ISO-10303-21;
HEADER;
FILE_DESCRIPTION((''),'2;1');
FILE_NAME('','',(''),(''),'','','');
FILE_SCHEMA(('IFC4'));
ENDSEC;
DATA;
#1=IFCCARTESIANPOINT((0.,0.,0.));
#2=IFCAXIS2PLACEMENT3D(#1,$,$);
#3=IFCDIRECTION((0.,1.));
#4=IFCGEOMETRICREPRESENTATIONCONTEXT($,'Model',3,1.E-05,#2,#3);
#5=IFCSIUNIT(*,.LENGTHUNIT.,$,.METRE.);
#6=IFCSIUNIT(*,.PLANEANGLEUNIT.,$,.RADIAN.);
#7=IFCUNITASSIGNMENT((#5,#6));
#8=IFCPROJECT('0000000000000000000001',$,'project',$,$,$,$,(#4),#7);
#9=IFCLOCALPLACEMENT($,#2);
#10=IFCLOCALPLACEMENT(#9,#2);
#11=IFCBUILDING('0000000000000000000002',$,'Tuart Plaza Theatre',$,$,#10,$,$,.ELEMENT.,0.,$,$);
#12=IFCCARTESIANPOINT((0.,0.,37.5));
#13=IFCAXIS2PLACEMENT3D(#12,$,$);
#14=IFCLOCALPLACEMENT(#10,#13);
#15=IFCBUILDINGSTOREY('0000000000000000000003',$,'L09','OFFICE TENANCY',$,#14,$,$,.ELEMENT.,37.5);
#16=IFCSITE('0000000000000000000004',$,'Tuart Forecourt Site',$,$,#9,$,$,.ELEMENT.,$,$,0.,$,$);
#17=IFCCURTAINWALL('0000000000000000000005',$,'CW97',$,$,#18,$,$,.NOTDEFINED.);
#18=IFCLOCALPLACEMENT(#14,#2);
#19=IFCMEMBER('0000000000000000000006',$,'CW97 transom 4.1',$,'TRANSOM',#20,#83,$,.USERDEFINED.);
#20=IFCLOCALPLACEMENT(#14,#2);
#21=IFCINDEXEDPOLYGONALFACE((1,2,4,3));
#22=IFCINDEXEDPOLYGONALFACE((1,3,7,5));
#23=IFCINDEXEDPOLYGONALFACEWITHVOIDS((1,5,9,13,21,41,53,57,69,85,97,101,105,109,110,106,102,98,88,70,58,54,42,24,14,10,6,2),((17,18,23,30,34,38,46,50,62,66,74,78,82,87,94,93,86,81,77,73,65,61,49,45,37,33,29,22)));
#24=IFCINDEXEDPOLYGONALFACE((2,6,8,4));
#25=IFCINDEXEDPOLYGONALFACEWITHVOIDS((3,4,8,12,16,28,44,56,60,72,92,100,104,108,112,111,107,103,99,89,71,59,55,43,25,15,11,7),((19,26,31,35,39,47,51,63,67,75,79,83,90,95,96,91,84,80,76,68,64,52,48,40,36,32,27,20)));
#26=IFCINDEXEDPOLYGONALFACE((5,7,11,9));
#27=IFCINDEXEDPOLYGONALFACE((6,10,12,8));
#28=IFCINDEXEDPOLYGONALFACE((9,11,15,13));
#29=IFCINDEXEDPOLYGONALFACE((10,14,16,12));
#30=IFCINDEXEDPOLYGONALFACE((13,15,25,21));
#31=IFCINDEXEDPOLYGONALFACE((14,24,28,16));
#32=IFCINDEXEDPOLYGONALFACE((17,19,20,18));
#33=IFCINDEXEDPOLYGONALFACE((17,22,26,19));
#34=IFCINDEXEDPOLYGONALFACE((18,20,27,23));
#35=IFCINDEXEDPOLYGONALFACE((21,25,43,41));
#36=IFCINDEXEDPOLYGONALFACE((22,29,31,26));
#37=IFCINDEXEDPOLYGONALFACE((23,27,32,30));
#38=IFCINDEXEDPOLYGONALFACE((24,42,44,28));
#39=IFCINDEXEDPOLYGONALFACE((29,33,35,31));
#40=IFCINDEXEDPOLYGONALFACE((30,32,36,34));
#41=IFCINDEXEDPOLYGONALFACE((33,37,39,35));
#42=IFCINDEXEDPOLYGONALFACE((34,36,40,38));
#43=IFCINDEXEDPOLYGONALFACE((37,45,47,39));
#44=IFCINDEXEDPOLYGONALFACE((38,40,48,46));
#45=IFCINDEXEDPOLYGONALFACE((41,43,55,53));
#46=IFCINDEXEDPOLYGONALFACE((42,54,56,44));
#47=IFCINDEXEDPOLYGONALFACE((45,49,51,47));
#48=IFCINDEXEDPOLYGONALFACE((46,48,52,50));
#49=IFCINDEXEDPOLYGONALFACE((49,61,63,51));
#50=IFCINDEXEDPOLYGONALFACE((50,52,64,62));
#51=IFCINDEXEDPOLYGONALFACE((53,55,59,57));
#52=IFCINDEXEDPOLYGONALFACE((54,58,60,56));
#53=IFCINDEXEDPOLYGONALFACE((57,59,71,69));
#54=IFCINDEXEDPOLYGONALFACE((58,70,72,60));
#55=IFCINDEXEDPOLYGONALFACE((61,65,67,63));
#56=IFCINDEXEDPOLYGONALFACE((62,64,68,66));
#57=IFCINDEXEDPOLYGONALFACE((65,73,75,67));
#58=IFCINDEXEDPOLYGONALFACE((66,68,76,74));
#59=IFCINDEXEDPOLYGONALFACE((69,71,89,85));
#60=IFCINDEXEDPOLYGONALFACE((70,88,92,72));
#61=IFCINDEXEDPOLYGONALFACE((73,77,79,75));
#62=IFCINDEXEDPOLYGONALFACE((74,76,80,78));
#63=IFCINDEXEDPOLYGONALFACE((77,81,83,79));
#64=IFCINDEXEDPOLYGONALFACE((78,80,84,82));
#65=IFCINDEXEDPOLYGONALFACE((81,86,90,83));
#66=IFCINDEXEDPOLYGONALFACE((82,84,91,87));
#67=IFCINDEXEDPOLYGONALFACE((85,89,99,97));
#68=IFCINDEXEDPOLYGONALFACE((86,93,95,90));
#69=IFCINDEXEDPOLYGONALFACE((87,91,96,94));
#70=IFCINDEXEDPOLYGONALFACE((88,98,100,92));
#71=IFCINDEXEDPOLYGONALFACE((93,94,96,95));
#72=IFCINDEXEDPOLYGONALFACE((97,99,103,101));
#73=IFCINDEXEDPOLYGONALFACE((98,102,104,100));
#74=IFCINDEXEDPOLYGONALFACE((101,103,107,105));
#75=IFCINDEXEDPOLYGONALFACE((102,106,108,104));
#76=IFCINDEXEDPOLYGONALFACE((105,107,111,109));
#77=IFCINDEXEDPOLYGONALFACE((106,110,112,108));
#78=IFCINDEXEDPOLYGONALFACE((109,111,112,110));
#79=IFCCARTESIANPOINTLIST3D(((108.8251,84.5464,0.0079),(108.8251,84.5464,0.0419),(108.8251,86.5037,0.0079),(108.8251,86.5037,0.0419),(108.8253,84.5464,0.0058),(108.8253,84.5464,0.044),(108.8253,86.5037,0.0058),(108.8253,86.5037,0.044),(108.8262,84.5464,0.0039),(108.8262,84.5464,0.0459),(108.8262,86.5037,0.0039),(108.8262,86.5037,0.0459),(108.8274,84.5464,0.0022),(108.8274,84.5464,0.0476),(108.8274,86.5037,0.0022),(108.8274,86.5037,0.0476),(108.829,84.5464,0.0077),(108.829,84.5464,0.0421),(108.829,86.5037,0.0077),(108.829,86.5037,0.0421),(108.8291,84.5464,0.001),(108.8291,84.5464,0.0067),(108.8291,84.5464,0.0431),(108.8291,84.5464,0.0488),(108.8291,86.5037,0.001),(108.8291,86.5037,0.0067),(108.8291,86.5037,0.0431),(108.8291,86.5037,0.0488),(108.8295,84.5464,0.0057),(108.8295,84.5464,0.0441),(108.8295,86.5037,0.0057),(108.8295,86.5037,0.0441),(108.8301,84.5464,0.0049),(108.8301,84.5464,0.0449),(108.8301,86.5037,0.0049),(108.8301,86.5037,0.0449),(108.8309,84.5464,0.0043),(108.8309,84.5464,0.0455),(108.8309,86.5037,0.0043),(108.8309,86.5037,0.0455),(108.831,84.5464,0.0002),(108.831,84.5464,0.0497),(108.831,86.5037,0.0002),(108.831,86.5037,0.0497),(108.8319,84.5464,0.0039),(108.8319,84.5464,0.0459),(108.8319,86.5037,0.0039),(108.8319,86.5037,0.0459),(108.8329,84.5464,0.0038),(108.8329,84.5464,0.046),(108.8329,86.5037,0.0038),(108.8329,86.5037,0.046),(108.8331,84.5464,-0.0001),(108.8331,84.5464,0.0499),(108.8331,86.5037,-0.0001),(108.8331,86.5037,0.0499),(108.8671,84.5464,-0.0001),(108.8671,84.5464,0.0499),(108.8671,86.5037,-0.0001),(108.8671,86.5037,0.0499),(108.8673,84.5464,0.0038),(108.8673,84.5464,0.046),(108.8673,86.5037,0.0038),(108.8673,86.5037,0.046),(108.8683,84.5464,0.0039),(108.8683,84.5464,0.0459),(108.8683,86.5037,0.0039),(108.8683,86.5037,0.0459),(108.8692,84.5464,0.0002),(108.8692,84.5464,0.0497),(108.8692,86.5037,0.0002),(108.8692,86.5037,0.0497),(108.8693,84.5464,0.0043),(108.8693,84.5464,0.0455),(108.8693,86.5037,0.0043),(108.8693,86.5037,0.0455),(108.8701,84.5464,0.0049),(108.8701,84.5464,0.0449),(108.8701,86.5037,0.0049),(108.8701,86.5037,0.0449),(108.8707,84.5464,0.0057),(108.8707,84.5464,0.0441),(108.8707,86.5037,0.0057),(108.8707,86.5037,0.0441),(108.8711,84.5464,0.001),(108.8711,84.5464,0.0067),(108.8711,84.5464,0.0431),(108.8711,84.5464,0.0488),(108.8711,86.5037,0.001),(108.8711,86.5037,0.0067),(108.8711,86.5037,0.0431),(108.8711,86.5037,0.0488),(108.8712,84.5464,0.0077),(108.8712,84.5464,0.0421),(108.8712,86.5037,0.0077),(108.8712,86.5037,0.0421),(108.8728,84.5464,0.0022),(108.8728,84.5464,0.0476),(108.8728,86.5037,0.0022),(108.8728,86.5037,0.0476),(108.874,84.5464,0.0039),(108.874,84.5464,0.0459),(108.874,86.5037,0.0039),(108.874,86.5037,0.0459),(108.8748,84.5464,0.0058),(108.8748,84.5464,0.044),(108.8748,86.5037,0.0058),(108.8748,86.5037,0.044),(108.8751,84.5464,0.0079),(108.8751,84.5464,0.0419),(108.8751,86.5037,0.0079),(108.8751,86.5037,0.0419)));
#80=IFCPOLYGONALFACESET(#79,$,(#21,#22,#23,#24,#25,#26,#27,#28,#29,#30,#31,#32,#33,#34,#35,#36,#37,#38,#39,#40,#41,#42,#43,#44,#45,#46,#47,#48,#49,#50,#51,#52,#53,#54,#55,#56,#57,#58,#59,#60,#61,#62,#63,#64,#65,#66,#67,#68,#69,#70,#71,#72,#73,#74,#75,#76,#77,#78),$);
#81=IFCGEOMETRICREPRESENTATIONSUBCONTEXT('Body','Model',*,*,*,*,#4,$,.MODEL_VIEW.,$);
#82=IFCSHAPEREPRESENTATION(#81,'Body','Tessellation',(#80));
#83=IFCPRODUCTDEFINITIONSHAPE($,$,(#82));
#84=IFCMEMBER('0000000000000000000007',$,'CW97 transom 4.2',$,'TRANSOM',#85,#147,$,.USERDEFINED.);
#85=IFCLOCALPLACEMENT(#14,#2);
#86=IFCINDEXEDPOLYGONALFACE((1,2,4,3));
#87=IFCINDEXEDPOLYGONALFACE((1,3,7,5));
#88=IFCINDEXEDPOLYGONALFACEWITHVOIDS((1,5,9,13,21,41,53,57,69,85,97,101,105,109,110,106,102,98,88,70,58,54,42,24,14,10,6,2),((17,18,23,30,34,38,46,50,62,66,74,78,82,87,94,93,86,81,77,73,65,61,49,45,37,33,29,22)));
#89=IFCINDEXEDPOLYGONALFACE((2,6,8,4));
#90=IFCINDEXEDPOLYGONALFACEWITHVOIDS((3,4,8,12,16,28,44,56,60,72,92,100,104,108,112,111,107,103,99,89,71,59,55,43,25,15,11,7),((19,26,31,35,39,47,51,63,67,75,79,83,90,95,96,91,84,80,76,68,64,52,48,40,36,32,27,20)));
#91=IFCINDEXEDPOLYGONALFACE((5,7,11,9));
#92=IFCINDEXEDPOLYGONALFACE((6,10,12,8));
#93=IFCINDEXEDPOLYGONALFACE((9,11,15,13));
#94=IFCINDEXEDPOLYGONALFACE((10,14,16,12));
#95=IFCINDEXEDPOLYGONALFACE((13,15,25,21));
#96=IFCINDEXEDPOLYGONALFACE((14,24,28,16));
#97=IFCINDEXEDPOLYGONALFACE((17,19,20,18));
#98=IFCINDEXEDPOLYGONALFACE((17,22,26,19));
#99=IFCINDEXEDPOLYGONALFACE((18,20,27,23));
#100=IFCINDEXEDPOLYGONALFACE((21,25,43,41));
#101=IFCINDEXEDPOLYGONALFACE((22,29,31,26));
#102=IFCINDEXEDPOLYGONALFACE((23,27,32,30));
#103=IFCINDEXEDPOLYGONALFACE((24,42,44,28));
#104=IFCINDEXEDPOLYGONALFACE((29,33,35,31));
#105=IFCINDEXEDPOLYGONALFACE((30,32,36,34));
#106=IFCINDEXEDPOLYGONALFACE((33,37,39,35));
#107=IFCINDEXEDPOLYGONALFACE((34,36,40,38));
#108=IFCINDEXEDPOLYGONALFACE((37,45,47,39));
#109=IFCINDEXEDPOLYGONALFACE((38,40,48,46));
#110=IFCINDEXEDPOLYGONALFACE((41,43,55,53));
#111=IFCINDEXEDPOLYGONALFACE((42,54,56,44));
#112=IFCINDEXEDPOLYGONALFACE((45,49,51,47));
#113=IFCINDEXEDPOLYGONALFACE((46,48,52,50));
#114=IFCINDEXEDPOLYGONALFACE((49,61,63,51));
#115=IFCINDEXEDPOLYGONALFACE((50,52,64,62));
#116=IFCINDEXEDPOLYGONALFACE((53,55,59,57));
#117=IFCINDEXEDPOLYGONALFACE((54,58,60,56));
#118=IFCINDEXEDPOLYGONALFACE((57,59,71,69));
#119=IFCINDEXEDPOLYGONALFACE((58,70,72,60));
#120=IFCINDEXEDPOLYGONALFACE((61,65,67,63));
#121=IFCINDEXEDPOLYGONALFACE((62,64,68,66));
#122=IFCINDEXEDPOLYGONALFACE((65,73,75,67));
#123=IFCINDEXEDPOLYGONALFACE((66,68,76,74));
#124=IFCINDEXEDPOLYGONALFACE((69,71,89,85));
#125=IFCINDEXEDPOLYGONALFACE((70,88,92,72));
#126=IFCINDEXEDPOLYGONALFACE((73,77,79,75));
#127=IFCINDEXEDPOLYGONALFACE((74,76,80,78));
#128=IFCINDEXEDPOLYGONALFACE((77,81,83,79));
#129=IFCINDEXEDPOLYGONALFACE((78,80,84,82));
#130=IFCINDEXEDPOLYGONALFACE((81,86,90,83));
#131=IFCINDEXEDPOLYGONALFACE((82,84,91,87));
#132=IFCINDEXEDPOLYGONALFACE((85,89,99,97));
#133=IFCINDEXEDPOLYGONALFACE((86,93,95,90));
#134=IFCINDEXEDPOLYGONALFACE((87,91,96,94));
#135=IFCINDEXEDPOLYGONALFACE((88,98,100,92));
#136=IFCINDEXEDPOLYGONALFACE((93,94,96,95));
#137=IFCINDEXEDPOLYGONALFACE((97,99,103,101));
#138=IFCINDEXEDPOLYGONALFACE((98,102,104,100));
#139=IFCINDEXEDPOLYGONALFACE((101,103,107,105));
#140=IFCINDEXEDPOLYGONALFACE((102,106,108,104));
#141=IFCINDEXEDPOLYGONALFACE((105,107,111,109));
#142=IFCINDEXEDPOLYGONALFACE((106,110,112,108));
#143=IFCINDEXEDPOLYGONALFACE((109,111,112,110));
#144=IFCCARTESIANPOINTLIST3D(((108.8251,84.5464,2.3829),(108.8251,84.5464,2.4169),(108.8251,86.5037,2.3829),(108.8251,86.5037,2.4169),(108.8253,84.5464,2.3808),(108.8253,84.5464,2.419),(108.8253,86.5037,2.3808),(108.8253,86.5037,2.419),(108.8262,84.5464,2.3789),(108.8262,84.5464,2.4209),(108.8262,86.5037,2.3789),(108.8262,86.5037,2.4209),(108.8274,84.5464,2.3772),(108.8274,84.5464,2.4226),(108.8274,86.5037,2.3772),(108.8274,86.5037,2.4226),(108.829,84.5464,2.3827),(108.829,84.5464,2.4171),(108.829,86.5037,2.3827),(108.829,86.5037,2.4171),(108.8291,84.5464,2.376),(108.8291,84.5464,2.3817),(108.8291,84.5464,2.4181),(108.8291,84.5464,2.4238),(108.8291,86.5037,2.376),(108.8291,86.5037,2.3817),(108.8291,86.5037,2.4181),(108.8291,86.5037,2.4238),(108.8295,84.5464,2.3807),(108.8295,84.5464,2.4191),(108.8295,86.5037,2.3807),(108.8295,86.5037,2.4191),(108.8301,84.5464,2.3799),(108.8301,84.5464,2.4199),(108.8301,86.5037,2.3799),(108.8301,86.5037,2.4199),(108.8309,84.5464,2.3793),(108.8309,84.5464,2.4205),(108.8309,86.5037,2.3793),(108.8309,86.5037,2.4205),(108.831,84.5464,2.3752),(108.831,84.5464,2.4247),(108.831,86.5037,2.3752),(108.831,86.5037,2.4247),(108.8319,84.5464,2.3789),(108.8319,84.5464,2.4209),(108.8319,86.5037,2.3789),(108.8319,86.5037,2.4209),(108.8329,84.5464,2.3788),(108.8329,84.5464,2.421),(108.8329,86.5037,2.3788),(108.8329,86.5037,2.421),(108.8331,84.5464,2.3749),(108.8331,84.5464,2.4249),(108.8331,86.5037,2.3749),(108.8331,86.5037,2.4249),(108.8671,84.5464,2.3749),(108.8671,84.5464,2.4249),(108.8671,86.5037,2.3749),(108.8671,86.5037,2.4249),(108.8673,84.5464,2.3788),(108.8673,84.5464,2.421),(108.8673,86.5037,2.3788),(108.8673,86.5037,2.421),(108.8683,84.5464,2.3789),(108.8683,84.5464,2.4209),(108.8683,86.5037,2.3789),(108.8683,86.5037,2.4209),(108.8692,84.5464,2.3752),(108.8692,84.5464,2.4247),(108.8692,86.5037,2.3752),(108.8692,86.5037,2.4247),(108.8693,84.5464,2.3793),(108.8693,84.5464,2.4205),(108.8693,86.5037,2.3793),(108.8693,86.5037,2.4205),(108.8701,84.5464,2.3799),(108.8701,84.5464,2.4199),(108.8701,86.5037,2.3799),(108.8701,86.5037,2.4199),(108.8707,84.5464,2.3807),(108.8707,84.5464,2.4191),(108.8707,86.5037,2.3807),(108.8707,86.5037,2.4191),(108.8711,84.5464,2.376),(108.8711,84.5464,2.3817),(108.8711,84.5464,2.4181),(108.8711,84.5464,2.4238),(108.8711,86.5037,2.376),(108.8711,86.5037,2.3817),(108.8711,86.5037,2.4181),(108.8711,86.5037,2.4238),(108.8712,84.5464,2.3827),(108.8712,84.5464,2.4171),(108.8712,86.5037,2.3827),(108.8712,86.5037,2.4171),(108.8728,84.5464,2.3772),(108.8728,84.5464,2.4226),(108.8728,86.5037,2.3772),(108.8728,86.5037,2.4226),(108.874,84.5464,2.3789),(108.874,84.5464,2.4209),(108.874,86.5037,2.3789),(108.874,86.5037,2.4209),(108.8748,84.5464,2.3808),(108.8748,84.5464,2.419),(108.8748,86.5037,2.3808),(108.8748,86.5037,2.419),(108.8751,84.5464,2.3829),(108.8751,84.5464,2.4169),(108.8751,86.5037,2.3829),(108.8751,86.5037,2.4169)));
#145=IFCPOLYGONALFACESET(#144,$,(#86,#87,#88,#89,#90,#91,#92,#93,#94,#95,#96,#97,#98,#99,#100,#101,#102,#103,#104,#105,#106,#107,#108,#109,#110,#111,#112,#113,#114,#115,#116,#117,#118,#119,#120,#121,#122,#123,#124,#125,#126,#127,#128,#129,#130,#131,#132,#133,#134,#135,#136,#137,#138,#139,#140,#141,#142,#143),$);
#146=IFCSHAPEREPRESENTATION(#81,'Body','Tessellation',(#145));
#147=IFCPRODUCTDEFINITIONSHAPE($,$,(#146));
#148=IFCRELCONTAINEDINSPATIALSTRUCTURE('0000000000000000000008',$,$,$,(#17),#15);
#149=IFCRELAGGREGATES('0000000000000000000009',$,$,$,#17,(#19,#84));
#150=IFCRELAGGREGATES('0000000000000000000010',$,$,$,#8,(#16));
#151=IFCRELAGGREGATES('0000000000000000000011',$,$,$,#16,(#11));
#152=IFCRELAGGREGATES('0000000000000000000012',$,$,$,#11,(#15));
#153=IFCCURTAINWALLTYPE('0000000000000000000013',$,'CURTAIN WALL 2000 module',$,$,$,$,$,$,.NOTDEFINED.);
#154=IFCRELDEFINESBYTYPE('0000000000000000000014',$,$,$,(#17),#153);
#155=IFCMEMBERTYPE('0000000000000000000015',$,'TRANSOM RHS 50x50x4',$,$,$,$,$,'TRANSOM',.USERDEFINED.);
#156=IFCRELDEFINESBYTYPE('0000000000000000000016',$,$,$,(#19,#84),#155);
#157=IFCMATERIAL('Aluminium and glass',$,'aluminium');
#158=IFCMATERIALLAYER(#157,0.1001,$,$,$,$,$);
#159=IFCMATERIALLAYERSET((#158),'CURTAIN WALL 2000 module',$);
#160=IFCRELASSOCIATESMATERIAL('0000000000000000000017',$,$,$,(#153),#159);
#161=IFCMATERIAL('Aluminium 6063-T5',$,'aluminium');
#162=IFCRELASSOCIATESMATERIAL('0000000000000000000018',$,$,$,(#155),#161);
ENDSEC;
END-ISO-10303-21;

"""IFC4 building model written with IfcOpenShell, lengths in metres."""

from ifc_helpers import new_model, si_unit, direction, frame, origin, origin_2d, place, context, subcontext, project, spatial, hollow_rectangle, extrude, material, layer, layer_set, material_profile, profile_set, type_object, element, aggregate, save


model = new_model("IFC4")

# Units and contexts
model_context = context("Model", 3, precision=1e-05, world=origin(), true_north=direction((0.0, 1.0)))
body_context = subcontext(model_context, "Body", "Model", "MODEL_VIEW")
ifc_project = project(units=[si_unit("LENGTHUNIT", "METRE"), si_unit("PLANEANGLEUNIT", "RADIAN")], contexts=[model_context])

# Site, building, storey
site_placement = place(None, origin())
site = spatial("IfcSite", under=ifc_project, at=site_placement, Name="Tuart Forecourt Site", CompositionType="ELEMENT", RefElevation=0.0)
building_placement = place(site_placement, origin())
building = spatial("IfcBuilding", under=site, at=building_placement, Name="Tuart Plaza Theatre", CompositionType="ELEMENT", ElevationOfRefHeight=0.0)
storey_placement = place(building_placement, frame((0.0, 0.0, 37.5)))
storey = spatial("IfcBuildingStorey", under=building, at=storey_placement, Name="L09", Description="OFFICE TENANCY", CompositionType="ELEMENT", Elevation=37.5)

# Curtain wall, members
ifc_material_1 = material(Name="Aluminium and glass", Category="aluminium")
ifc_layer_1 = layer(ifc_material_1, 0.1001)
ifc_layer_set_1 = layer_set([ifc_layer_1], Name="CURTAIN WALL 2000 module")
curtain_wall_type = type_object("IfcCurtainWallType", Name="CURTAIN WALL 2000 module", PredefinedType="NOTDEFINED", material=ifc_layer_set_1)
curtain_wall_placement = place(storey_placement, origin())
curtain_wall = element("IfcCurtainWall", 1, at=curtain_wall_placement, inside=storey, type_object=curtain_wall_type, Name="CW97", PredefinedType="NOTDEFINED")
ifc_material_2 = material(Name="Aluminium 6063-T5", Category="aluminium")
ifc_material_profile_1 = material_profile(ifc_material_2, hollow_rectangle(XDim=0.05, YDim=0.05, WallThickness=0.0039, InnerFilletRadius=0.0039, OuterFilletRadius=0.0081, at=origin_2d()), Name="RHS 50x50x4")
ifc_profile_set_1 = profile_set([ifc_material_profile_1], Name="Aluminium 6063-T5")
member_type_1 = type_object("IfcMemberType", Name="TRANSOM RHS 50x50x4", ElementType="TRANSOM", PredefinedType="USERDEFINED", material=ifc_profile_set_1)
member_1_placement = place(storey_placement, frame((108.8501, 86.5037, 0.0249), z_axis=(0.0, -1.0, 0.0), x_axis=(1.0, 0.0, 0.0)))
member_1 = element("IfcMember", 2, at=member_1_placement, type_object=member_type_1, Name="CW97 transom 4.1", ObjectType="TRANSOM", PredefinedType="USERDEFINED", context=body_context, shape_type="SweptSolid", body=[
    extrude(hollow_rectangle(XDim=0.05, YDim=0.05, WallThickness=0.0039, InnerFilletRadius=0.0039, OuterFilletRadius=0.0081, at=origin_2d()), origin(), (0.0, 0.0, 1.0), 1.9573),
])
member_2_placement = place(storey_placement, frame((108.8501, 86.5037, 2.3999), z_axis=(0.0, -1.0, 0.0), x_axis=(1.0, 0.0, 0.0)))
member_2 = element("IfcMember", 3, at=member_2_placement, type_object=member_type_1, Name="CW97 transom 4.2", ObjectType="TRANSOM", PredefinedType="USERDEFINED", context=body_context, shape_type="SweptSolid", body=[
    extrude(hollow_rectangle(XDim=0.05, YDim=0.05, WallThickness=0.0039, InnerFilletRadius=0.0039, OuterFilletRadius=0.0081, at=origin_2d()), origin(), (0.0, 0.0, 1.0), 1.9573),
])
aggregate(curtain_wall, [member_1, member_2])

save(model, "model.ifc")
